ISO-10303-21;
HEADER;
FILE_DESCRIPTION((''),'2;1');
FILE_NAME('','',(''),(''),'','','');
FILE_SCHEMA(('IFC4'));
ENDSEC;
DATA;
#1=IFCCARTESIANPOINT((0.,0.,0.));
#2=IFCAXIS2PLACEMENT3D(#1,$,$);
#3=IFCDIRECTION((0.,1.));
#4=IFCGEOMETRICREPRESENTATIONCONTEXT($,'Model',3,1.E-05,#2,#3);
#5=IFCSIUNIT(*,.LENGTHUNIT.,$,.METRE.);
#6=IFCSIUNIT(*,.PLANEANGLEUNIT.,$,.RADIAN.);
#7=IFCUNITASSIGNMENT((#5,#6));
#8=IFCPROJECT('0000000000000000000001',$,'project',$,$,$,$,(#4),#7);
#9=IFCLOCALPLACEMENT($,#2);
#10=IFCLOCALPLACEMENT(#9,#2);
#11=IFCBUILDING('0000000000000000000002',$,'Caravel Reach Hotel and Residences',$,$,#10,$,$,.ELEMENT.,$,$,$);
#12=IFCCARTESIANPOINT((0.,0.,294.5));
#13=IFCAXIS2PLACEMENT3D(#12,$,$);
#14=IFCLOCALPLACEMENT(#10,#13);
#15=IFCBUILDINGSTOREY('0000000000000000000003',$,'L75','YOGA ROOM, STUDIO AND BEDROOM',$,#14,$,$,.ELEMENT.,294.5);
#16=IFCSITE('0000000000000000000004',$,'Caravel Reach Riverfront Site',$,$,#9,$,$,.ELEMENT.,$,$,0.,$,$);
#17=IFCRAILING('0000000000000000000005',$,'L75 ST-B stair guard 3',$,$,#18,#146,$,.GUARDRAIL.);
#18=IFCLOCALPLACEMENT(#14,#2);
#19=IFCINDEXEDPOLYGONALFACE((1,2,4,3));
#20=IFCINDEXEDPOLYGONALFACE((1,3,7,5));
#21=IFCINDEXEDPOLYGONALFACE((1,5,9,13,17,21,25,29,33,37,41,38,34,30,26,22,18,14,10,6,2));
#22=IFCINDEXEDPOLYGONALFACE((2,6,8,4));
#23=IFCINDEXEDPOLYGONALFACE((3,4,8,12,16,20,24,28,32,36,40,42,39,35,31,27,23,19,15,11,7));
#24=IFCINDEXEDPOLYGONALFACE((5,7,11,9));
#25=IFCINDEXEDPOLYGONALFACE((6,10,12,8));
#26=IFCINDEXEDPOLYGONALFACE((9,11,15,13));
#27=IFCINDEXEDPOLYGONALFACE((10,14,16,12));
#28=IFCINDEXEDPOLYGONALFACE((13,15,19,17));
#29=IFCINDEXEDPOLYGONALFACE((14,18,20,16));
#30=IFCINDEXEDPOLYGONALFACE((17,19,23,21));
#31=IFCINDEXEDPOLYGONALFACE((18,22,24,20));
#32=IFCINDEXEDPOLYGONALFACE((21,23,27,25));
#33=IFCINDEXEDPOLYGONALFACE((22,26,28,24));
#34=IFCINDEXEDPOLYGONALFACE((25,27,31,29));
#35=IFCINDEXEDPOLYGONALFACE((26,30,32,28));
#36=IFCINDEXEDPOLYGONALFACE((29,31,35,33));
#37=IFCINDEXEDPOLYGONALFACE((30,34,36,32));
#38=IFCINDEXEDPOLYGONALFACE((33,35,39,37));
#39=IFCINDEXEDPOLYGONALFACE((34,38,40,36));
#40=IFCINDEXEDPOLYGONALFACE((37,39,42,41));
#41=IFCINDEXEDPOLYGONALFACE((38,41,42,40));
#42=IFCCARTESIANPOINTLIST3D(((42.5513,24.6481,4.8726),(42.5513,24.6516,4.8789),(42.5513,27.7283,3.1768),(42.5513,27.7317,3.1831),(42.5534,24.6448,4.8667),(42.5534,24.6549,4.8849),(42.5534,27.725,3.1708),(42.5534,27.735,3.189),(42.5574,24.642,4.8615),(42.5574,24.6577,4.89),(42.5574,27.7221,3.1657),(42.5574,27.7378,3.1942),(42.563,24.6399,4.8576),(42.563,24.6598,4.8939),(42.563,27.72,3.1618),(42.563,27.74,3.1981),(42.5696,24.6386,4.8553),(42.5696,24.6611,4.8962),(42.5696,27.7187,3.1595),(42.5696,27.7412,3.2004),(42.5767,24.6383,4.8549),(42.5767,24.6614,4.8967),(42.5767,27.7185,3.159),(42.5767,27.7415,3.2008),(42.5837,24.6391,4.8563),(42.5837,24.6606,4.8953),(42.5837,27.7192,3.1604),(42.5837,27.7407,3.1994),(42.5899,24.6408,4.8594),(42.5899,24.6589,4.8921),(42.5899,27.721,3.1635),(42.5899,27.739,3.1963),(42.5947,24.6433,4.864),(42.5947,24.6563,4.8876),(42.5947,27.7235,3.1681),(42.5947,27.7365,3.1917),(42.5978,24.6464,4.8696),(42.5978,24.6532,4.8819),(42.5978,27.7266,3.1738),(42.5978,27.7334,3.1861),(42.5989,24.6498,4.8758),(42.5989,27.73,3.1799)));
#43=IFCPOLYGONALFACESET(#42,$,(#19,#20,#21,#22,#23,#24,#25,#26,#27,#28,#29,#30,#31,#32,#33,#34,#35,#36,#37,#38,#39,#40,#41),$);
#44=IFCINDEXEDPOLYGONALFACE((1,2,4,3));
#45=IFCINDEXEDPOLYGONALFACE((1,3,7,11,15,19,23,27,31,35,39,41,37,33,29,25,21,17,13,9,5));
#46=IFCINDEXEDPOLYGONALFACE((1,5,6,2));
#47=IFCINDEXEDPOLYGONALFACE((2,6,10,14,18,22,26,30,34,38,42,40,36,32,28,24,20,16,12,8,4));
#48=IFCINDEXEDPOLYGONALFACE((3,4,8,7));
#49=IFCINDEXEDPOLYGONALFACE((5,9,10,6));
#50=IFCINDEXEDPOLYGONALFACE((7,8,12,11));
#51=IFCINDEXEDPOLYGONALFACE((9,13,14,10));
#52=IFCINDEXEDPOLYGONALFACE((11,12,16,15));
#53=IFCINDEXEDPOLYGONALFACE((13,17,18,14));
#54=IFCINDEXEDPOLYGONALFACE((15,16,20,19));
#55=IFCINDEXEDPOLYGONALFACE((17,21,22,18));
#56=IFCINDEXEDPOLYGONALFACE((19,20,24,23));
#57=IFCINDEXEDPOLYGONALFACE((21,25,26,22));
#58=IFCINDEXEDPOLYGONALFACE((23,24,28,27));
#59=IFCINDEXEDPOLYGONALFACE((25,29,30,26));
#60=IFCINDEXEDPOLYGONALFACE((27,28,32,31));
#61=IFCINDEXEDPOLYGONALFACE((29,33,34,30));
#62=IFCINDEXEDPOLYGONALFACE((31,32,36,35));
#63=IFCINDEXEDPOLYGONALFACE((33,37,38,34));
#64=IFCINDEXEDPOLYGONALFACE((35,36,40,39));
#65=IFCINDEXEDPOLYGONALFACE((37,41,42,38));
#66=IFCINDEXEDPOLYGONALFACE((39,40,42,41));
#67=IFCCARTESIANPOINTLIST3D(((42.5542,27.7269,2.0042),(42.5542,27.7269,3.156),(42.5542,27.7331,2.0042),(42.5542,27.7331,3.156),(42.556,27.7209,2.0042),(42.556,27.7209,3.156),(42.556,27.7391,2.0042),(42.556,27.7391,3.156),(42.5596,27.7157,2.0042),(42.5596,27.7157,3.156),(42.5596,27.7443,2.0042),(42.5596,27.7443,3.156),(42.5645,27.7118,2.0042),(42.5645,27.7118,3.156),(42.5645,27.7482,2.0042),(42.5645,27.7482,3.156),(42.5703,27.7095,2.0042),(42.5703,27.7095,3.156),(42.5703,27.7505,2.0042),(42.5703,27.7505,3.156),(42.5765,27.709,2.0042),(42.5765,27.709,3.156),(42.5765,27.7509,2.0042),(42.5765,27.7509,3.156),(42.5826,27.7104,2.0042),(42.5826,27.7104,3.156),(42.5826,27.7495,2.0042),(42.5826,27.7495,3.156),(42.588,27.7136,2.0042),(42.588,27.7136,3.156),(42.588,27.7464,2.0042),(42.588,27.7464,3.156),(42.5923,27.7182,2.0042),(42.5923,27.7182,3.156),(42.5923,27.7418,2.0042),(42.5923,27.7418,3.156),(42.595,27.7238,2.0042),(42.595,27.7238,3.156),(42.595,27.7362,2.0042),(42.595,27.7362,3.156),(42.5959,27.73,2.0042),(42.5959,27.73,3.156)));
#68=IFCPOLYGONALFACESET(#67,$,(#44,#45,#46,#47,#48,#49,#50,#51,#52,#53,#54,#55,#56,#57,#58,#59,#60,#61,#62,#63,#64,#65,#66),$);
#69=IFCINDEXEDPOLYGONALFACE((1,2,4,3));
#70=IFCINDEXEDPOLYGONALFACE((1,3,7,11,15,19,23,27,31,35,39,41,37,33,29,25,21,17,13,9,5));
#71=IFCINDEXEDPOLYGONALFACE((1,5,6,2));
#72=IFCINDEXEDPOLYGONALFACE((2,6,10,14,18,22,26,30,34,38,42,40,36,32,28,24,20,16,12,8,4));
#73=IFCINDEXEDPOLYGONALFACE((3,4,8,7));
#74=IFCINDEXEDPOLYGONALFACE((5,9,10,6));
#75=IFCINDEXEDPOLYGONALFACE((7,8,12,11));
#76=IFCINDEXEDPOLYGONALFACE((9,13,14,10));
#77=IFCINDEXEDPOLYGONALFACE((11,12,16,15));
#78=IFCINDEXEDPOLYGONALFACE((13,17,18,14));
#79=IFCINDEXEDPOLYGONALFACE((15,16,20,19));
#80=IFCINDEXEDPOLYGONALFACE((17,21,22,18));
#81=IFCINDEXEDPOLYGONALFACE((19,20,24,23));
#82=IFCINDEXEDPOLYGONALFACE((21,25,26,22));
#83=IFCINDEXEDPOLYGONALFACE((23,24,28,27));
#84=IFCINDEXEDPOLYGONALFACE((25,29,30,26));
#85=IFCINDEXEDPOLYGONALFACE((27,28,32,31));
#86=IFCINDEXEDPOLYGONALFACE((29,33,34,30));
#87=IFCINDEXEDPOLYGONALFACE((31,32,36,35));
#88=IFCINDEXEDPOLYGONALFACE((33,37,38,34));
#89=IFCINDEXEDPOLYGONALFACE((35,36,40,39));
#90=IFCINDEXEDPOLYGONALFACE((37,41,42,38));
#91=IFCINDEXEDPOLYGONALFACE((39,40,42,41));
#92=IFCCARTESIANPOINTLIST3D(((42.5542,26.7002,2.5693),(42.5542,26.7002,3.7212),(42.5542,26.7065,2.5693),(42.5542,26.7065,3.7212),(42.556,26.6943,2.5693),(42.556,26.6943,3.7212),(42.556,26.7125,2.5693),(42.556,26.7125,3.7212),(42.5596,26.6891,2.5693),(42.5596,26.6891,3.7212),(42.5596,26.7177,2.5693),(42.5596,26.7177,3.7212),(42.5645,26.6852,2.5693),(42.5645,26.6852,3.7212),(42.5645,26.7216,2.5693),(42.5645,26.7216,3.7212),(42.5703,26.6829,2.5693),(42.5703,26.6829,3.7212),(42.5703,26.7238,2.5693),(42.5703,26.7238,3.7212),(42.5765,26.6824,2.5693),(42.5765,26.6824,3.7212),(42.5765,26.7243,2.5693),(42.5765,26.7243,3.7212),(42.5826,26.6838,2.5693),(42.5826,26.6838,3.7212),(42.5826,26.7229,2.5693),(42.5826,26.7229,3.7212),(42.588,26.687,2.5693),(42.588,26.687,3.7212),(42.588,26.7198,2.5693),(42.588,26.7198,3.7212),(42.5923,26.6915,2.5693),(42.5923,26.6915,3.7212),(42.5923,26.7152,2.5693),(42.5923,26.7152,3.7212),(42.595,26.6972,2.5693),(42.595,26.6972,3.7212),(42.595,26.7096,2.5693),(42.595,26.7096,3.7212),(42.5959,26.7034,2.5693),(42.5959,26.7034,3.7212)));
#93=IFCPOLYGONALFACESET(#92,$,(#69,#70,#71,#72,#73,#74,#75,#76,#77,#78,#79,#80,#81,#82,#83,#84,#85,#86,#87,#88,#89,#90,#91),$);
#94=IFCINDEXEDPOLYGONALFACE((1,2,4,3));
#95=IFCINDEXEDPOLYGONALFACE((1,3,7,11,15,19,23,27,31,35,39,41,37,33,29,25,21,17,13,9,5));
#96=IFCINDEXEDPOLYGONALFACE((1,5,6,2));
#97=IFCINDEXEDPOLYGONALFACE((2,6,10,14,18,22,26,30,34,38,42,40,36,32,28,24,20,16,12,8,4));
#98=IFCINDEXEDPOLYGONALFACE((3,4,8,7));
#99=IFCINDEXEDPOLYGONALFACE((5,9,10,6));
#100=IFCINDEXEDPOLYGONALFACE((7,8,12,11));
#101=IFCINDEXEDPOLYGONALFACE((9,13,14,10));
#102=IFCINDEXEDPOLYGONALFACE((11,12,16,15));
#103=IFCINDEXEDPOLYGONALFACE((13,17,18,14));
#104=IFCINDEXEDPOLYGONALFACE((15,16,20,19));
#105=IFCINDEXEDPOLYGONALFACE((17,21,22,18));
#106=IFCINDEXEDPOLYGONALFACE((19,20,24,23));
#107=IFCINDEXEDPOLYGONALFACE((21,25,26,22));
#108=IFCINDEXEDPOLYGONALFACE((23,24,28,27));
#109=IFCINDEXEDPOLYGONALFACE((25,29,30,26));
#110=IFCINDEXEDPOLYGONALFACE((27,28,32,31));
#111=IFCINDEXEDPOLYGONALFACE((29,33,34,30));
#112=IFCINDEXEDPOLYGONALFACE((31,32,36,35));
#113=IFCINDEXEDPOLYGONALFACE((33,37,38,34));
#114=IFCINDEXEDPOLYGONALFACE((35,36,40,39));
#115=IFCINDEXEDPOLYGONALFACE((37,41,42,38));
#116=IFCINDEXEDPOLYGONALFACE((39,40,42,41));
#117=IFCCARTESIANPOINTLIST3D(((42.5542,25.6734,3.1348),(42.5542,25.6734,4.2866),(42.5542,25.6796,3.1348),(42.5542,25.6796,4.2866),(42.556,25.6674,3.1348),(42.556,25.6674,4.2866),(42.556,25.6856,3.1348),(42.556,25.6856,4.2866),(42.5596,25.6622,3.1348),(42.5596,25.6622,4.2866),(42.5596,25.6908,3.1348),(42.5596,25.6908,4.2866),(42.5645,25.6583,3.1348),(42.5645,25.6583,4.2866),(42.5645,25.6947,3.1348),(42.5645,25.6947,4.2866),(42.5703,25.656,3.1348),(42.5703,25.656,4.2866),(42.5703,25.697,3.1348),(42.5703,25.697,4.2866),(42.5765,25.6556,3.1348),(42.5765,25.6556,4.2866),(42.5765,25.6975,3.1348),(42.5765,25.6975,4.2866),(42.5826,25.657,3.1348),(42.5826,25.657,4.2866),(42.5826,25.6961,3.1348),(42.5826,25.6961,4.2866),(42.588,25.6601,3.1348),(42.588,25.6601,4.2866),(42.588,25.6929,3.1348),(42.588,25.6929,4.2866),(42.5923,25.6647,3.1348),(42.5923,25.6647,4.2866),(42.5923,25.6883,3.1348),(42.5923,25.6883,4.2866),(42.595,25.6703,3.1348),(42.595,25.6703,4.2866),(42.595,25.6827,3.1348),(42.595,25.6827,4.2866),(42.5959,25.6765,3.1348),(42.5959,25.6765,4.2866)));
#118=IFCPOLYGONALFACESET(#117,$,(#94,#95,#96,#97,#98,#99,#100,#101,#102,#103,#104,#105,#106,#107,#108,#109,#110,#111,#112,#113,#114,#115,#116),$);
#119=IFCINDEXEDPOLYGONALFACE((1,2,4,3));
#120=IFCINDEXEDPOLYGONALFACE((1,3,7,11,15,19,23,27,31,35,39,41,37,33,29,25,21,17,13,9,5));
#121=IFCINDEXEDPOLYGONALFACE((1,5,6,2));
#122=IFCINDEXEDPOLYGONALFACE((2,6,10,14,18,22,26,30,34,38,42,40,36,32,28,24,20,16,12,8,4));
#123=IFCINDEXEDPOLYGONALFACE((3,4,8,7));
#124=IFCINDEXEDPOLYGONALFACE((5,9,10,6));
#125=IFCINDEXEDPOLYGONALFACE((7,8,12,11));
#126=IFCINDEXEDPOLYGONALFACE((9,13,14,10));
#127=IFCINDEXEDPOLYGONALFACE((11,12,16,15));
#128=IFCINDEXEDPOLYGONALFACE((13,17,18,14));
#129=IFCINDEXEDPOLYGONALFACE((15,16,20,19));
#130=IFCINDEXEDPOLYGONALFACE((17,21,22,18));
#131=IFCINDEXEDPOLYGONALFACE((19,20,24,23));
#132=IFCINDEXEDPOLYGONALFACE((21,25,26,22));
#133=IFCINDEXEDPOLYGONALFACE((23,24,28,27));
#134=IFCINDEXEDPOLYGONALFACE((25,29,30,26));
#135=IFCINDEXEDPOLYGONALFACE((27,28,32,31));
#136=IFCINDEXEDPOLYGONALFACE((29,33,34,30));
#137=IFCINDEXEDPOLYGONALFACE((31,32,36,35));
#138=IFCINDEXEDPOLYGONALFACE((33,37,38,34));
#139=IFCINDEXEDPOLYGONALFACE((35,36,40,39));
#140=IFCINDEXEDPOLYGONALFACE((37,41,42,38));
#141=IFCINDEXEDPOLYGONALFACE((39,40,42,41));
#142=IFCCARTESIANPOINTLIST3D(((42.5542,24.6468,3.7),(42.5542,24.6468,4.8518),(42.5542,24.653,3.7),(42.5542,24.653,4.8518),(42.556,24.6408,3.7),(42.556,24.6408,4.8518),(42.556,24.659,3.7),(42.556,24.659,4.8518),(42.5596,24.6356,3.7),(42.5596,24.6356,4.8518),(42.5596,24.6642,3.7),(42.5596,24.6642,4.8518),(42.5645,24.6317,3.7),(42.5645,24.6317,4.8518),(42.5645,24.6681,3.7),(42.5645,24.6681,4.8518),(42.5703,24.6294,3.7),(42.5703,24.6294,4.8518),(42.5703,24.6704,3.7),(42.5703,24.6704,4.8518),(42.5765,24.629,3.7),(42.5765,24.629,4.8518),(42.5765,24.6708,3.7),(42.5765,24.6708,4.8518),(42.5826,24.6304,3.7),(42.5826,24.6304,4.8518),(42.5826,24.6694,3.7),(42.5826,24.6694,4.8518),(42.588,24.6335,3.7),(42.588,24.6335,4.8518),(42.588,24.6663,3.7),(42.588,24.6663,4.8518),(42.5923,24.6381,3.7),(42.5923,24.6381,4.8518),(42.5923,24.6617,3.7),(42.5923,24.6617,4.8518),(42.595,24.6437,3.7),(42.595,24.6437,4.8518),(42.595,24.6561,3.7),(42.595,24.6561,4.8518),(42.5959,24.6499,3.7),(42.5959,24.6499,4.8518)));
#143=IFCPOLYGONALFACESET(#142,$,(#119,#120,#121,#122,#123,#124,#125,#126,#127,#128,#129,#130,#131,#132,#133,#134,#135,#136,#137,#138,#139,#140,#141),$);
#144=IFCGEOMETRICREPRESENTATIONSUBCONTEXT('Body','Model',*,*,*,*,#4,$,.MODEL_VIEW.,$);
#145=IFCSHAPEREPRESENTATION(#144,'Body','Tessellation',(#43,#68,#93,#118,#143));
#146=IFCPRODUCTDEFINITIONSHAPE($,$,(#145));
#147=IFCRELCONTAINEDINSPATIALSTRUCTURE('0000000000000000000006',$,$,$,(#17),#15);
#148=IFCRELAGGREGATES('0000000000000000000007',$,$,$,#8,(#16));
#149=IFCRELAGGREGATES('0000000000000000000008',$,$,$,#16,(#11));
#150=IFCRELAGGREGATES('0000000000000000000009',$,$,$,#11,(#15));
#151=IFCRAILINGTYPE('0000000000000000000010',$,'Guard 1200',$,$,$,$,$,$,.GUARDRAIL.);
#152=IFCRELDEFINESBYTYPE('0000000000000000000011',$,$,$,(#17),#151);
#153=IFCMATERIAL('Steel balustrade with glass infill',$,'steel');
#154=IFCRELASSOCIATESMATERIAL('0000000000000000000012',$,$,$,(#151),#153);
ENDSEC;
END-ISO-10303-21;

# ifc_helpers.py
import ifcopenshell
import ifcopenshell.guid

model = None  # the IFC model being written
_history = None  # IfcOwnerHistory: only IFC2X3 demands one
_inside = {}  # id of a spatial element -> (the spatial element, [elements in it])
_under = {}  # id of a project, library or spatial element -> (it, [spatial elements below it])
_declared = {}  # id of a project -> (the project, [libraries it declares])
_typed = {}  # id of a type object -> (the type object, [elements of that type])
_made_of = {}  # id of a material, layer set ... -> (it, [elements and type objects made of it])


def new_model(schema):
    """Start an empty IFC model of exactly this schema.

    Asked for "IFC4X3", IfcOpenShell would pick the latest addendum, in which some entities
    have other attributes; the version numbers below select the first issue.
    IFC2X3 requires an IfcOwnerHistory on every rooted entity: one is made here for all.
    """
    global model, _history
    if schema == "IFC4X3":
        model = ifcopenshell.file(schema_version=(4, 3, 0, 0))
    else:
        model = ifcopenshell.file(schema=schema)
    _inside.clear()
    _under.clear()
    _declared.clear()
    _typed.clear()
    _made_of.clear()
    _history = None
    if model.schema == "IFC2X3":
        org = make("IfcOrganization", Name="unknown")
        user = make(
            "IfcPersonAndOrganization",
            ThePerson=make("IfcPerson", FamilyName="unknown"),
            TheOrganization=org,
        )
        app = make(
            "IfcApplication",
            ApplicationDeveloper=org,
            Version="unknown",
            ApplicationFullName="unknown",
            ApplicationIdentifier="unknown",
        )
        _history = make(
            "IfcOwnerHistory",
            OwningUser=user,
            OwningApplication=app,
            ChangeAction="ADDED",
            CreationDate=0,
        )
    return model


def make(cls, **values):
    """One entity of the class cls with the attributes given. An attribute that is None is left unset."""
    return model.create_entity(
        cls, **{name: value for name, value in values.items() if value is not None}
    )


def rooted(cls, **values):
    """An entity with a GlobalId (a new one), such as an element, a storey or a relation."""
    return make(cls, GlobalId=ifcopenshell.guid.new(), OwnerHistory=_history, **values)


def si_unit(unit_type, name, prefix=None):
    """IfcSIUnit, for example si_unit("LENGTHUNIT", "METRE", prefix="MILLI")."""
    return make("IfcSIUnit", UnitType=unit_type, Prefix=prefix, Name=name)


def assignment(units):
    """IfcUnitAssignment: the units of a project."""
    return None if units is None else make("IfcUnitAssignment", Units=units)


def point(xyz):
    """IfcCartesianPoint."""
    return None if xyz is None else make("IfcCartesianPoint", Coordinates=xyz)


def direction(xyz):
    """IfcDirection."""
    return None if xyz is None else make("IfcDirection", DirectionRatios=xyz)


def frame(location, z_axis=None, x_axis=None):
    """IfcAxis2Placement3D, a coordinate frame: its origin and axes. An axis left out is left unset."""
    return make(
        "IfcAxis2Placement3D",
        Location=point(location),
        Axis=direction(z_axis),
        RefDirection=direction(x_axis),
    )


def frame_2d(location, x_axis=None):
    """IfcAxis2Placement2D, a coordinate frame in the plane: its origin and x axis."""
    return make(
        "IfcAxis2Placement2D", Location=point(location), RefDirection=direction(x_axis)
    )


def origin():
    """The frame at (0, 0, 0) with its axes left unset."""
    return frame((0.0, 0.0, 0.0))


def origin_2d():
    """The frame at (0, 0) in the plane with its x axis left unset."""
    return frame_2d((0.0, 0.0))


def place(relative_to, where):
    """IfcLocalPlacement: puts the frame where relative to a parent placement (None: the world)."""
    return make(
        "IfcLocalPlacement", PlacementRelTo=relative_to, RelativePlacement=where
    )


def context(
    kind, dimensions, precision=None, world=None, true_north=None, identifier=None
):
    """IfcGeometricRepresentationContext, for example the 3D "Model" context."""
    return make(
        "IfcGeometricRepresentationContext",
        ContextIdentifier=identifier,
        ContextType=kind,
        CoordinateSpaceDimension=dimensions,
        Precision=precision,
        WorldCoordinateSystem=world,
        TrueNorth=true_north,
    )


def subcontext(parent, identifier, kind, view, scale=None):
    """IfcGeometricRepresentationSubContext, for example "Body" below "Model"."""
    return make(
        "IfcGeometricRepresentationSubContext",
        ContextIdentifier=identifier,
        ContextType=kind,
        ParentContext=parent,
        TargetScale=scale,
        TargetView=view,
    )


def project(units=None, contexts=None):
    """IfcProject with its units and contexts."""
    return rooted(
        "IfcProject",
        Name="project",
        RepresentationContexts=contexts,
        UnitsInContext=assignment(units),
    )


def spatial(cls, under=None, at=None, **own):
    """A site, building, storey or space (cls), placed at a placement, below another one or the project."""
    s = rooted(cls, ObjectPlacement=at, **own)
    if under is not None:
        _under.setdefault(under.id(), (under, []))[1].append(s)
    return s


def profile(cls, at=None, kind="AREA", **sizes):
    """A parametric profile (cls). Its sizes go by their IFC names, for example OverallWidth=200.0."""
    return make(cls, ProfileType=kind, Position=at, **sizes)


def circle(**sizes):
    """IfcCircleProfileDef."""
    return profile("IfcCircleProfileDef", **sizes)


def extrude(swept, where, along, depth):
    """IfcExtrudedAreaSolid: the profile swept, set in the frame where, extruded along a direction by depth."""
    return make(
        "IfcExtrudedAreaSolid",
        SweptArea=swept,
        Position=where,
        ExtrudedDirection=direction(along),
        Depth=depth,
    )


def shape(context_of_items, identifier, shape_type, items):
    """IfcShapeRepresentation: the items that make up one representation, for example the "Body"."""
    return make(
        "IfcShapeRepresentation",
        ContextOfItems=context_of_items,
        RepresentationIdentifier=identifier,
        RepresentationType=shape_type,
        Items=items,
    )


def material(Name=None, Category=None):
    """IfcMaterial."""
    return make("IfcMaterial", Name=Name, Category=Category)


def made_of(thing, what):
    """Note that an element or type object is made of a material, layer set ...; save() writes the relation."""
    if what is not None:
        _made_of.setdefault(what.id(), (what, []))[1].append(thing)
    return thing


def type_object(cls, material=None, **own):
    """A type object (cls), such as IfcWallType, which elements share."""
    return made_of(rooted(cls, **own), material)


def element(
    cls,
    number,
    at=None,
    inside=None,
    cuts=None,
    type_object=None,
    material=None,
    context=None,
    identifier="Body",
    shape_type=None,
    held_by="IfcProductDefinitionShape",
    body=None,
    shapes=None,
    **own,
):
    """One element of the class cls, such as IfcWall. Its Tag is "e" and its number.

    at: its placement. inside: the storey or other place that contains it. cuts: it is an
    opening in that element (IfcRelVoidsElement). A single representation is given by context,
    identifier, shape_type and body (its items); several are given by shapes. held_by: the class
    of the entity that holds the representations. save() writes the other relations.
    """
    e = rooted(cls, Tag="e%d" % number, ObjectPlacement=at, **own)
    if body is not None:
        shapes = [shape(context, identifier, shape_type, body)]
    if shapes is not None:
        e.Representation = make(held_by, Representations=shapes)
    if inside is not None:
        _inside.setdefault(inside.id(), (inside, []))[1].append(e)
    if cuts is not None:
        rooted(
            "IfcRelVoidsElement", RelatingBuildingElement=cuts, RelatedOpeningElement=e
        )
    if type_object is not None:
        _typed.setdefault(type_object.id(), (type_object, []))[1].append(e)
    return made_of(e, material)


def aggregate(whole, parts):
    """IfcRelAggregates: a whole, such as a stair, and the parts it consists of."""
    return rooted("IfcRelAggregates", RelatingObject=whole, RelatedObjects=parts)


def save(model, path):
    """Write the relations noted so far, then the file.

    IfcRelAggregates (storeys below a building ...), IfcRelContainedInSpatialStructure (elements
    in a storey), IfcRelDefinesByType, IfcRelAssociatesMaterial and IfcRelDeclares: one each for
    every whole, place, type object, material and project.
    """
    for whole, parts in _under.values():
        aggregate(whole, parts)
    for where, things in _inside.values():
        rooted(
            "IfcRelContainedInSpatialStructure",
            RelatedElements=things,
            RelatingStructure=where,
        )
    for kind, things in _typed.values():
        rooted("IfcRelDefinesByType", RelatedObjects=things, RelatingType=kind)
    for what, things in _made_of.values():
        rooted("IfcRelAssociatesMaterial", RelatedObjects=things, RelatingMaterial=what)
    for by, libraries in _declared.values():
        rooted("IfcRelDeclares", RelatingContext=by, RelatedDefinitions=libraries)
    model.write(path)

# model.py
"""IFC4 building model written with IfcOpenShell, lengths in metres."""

from ifc_helpers import new_model, si_unit, direction, frame, origin, origin_2d, place, context, subcontext, project, spatial, circle, extrude, material, type_object, element, save


model = new_model("IFC4")

# Units and contexts
model_context = context("Model", 3, precision=1e-05, world=origin(), true_north=direction((0.0, 1.0)))
body_context = subcontext(model_context, "Body", "Model", "MODEL_VIEW")
ifc_project = project(units=[si_unit("LENGTHUNIT", "METRE"), si_unit("PLANEANGLEUNIT", "RADIAN")], contexts=[model_context])

# Site, building, storey
site_placement = place(None, origin())
site = spatial("IfcSite", under=ifc_project, at=site_placement, Name="Caravel Reach Riverfront Site", CompositionType="ELEMENT", RefElevation=0.0)
building_placement = place(site_placement, origin())
building = spatial("IfcBuilding", under=site, at=building_placement, Name="Caravel Reach Hotel and Residences", CompositionType="ELEMENT")
storey_placement = place(building_placement, frame((0.0, 0.0, 294.5)))
storey = spatial("IfcBuildingStorey", under=building, at=storey_placement, Name="L75", Description="YOGA ROOM, STUDIO AND BEDROOM", CompositionType="ELEMENT", Elevation=294.5)

# Railing
ifc_material_1 = material(Name="Steel balustrade with glass infill", Category="steel")
railing_type_1 = type_object("IfcRailingType", Name="Guard 1200", PredefinedType="GUARDRAIL", material=ifc_material_1)
railing_1_placement = place(storey_placement, frame((42.575, 27.73, 2.0042)))
element("IfcRailing", 1, at=railing_1_placement, inside=storey, type_object=railing_type_1, Name="L75 ST-B stair guard 3", PredefinedType="GUARDRAIL", context=body_context, shape_type="SweptSolid", body=[
    extrude(circle(Radius=0.0239, at=origin_2d()), frame((0.0, 0.0, 1.1758), z_axis=(0.0, -0.876005, 0.482303), x_axis=(1.0, 0.0, 0.0)), (0.0, 0.0, 1.0), 3.5161),
    extrude(circle(Radius=0.021, at=origin_2d()), origin(), (0.0, 0.0, 1.0), 1.1519),
    extrude(circle(Radius=0.021, at=origin_2d()), frame((0.0, -1.0266, 0.5652)), (0.0, 0.0, 1.0), 1.1519),
    extrude(circle(Radius=0.021, at=origin_2d()), frame((0.0, -2.0535, 1.1306)), (0.0, 0.0, 1.0), 1.1519),
    extrude(circle(Radius=0.021, at=origin_2d()), frame((0.0, -3.0801, 1.6958)), (0.0, 0.0, 1.0), 1.1519),
])

save(model, "model.ifc")
